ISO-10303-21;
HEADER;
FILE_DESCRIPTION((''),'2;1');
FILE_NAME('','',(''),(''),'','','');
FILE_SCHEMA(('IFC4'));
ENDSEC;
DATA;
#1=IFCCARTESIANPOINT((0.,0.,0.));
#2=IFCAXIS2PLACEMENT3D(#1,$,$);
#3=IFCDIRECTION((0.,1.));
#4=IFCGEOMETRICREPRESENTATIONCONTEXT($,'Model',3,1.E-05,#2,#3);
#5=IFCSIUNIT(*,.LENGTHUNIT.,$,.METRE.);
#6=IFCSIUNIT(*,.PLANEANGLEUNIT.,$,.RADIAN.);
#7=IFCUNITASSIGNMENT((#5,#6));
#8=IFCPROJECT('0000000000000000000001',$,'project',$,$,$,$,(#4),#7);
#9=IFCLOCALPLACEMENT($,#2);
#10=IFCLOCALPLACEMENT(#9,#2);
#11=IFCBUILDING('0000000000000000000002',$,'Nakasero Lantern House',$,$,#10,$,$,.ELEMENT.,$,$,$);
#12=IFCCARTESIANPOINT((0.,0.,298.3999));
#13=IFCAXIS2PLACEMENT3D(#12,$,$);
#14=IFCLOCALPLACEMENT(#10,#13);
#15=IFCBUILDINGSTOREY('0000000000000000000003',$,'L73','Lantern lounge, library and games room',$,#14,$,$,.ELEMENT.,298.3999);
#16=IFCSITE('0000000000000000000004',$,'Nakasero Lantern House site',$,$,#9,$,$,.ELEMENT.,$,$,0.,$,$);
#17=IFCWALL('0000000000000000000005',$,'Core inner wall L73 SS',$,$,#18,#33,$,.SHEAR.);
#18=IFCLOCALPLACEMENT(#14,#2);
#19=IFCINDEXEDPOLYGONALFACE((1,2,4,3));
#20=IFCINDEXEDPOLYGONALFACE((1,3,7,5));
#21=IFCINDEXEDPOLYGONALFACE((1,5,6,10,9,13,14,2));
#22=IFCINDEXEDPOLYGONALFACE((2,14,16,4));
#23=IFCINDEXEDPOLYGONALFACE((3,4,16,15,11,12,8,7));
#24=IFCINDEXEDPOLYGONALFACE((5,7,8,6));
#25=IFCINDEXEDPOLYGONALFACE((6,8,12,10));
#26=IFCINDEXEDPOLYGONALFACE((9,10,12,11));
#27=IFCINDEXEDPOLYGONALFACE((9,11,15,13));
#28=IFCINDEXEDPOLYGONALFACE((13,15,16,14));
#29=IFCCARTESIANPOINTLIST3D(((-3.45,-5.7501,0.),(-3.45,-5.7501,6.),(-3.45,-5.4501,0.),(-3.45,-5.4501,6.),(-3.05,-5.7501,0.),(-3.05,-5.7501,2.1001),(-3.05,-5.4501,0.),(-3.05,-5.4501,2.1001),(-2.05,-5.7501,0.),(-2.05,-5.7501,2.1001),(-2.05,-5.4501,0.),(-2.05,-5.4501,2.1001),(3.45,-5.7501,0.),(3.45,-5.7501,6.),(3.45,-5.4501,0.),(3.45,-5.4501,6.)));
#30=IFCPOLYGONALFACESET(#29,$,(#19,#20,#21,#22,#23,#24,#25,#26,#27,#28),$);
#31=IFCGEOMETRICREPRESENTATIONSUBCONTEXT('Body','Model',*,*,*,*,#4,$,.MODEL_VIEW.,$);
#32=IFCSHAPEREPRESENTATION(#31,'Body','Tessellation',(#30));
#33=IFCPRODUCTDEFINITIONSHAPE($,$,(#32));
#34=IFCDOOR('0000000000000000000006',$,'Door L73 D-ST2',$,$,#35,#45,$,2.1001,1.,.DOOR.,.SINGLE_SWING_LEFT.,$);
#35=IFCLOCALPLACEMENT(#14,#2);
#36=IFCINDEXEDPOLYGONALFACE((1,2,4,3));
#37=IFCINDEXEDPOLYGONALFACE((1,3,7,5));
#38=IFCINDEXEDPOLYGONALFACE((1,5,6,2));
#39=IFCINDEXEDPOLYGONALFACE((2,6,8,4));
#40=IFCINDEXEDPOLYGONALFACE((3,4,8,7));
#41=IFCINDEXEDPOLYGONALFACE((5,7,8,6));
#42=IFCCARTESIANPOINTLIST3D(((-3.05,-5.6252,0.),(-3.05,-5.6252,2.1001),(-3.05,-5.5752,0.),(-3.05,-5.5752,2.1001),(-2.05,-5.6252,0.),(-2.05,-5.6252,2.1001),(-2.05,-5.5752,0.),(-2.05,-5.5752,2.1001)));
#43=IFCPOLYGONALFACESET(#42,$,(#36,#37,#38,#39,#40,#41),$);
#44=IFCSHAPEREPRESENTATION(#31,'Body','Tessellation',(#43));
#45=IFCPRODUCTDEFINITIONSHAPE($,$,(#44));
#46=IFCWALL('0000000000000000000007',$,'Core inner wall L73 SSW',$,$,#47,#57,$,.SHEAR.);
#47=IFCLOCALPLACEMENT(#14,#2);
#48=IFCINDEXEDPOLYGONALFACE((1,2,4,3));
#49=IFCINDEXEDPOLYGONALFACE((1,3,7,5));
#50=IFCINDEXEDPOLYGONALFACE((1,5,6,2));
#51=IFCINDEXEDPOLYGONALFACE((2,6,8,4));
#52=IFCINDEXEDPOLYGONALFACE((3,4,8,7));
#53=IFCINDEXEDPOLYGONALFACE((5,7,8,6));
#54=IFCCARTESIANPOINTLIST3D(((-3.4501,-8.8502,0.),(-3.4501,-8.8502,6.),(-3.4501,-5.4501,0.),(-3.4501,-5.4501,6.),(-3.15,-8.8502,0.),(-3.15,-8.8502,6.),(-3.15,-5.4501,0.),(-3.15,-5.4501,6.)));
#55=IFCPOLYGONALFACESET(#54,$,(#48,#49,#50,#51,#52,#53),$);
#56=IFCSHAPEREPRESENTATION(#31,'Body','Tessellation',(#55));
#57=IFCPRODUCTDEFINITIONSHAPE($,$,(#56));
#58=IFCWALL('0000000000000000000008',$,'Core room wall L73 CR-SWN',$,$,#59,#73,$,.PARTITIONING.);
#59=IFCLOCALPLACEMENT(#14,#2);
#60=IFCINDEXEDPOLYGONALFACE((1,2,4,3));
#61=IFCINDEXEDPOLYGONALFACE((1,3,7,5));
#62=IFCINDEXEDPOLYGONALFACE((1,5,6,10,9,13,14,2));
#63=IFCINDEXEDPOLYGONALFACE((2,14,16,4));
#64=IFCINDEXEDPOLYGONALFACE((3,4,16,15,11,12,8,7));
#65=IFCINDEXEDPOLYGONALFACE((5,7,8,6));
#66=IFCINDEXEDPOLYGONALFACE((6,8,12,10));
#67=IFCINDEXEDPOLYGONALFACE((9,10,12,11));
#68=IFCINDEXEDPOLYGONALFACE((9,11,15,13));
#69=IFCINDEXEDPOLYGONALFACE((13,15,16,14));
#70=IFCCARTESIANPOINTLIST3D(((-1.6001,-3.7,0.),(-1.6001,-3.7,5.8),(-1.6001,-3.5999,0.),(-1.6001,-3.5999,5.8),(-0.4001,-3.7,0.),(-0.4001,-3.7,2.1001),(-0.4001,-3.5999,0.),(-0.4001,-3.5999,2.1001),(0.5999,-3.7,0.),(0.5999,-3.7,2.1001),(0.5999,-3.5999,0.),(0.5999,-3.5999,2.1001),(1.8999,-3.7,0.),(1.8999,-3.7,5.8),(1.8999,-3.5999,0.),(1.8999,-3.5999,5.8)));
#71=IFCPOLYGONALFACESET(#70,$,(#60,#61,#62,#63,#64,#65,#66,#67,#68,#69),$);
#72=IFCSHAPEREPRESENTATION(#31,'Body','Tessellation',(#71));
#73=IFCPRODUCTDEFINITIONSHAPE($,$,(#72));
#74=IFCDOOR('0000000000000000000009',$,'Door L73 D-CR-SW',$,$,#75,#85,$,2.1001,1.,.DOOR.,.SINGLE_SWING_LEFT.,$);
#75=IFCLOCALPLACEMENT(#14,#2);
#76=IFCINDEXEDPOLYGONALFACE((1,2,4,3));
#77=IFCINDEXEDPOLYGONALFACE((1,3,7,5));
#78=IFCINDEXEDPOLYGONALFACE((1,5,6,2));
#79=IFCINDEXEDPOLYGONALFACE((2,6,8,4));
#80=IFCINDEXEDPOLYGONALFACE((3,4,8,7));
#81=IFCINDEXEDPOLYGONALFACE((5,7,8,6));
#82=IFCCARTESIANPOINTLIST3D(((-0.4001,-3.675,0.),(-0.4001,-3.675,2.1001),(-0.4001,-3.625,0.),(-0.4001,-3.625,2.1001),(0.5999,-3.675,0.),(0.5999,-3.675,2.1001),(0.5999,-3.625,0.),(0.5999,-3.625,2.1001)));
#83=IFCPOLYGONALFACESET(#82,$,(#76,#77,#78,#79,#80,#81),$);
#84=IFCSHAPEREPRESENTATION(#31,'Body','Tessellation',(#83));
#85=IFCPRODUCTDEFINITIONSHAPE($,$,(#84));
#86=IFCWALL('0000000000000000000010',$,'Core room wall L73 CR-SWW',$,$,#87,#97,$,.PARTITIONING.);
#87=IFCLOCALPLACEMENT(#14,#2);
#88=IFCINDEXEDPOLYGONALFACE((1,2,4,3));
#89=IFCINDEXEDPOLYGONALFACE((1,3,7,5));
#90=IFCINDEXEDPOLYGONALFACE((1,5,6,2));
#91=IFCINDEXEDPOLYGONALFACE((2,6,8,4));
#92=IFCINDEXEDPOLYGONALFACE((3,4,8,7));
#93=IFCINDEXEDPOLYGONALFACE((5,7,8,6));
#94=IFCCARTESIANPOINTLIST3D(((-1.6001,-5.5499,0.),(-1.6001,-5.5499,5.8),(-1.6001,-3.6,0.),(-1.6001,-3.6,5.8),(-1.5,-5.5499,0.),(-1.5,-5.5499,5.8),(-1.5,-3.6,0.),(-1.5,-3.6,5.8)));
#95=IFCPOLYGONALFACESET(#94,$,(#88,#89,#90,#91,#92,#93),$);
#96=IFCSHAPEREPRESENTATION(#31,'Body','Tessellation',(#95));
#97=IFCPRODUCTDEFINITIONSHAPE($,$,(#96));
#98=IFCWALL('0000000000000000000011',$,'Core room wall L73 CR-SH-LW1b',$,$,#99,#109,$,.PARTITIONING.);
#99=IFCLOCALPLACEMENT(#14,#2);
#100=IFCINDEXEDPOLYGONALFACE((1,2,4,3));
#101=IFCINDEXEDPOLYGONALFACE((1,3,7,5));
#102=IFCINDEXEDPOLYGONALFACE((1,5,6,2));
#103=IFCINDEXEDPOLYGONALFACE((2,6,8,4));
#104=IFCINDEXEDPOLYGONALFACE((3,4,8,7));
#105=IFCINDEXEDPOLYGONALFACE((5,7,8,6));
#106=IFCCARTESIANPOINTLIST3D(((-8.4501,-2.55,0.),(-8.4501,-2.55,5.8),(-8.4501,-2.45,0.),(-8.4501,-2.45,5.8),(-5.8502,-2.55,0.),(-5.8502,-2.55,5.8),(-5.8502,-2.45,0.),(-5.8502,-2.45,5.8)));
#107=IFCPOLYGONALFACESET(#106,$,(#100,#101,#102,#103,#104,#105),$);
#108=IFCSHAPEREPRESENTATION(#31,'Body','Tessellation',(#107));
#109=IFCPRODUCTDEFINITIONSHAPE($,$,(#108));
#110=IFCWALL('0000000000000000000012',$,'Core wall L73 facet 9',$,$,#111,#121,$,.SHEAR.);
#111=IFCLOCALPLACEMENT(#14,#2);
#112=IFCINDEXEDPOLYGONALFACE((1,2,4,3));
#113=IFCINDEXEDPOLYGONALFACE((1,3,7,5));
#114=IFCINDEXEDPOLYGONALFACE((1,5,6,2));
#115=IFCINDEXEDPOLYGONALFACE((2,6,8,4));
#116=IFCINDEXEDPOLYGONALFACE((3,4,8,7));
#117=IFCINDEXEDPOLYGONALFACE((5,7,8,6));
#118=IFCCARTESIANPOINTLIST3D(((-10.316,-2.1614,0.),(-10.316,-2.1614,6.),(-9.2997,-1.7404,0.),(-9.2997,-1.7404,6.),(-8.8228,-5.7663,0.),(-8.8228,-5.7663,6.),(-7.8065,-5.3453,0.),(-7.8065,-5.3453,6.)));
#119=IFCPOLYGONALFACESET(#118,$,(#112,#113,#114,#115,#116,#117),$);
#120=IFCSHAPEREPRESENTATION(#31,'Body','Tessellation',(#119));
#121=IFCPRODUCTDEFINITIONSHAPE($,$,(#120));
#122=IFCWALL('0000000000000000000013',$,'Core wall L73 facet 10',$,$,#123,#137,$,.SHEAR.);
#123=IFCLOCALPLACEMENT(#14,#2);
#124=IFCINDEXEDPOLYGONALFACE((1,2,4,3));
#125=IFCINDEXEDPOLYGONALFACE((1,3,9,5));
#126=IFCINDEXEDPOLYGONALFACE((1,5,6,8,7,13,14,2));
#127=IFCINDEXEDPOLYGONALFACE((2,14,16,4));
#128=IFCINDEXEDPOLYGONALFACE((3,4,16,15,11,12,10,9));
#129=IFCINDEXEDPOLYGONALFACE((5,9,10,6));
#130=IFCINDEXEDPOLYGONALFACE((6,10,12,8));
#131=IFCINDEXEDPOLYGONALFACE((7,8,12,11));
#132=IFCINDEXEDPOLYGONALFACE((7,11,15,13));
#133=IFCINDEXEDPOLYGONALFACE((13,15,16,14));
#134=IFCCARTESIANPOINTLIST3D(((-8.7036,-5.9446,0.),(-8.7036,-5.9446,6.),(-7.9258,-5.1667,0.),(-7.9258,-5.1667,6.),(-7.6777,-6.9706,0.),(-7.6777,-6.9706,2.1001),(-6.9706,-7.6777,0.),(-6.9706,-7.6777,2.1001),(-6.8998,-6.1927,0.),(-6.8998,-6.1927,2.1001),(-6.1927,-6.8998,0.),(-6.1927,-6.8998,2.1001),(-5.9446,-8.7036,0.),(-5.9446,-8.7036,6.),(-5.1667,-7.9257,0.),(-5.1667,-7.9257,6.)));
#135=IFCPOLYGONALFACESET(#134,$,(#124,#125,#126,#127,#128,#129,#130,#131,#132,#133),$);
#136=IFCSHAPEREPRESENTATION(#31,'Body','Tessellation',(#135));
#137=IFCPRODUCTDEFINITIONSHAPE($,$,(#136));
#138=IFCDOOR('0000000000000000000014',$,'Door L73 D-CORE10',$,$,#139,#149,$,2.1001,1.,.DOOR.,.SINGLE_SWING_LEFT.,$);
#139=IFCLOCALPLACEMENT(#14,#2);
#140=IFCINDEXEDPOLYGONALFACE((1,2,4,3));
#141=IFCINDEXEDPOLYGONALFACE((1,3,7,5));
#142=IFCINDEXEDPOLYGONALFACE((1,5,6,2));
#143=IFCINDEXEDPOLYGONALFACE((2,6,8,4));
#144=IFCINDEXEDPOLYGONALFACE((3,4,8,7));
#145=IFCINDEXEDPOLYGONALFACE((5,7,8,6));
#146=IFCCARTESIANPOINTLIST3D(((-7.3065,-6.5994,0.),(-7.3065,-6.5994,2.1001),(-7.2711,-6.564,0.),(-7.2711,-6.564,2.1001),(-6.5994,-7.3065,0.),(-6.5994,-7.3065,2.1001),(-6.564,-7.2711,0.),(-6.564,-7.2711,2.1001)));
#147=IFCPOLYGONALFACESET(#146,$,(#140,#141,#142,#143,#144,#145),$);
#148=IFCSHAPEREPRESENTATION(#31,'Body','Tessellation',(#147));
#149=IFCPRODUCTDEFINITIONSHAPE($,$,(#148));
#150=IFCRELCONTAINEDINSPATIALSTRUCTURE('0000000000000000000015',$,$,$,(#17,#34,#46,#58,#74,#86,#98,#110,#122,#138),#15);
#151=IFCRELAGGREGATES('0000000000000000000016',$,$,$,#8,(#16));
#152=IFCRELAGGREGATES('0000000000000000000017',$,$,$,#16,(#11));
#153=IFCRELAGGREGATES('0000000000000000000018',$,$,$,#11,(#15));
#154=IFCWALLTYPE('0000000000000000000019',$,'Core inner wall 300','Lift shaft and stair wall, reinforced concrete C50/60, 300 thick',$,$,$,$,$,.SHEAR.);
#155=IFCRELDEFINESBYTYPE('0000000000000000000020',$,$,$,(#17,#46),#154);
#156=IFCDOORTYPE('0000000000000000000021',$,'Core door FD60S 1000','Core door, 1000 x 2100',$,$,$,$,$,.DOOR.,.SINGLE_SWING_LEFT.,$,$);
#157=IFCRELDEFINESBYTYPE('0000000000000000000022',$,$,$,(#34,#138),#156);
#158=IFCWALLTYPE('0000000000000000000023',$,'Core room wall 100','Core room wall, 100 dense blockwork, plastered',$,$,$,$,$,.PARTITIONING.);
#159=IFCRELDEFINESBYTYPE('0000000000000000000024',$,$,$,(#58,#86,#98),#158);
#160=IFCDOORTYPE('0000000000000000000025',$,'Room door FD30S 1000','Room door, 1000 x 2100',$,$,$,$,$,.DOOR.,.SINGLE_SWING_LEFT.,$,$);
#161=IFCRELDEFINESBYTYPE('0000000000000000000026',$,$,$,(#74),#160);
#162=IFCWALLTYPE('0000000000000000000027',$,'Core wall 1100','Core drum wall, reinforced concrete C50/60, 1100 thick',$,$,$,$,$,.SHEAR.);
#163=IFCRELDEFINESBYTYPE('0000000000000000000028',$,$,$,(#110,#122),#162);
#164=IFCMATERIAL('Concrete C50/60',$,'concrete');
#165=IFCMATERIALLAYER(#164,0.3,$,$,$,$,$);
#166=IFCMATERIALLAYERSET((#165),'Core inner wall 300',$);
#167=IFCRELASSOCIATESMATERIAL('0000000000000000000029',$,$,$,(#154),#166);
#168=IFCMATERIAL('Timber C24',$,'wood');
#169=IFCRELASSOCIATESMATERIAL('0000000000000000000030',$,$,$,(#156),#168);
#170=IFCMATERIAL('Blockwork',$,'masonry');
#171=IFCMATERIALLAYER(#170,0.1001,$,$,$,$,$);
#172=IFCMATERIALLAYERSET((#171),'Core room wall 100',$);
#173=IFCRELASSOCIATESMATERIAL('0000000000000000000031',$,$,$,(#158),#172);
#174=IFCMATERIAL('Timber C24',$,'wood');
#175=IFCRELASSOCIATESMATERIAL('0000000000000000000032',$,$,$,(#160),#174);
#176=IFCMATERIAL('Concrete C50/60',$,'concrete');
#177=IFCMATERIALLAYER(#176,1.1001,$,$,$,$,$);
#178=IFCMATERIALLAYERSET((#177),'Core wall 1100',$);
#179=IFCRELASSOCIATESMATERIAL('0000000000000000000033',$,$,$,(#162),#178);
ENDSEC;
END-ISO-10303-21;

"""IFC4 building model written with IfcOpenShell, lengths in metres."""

from ifc_helpers import new_model, si_unit, direction, frame, frame_2d, origin, place, context, subcontext, project, spatial, rectangle, extrude, material, layer, layer_set, type_object, element, fill, save


model = new_model("IFC4")

# Units and contexts
model_context = context("Model", 3, precision=1e-05, world=origin(), true_north=direction((0.0, 1.0)))
body_context = subcontext(model_context, "Body", "Model", "MODEL_VIEW")
ifc_project = project(units=[si_unit("LENGTHUNIT", "METRE"), si_unit("PLANEANGLEUNIT", "RADIAN")], contexts=[model_context])

# Site, building, storey
site_placement = place(None, origin())
site = spatial("IfcSite", under=ifc_project, at=site_placement, Name="Nakasero Lantern House site", CompositionType="ELEMENT", RefElevation=0.0)
building_placement = place(site_placement, origin())
building = spatial("IfcBuilding", under=site, at=building_placement, Name="Nakasero Lantern House", CompositionType="ELEMENT")
storey_placement = place(building_placement, frame((0.0, 0.0, 298.3999)))
storey = spatial("IfcBuildingStorey", under=building, at=storey_placement, Name="L73", Description="Lantern lounge, library and games room", CompositionType="ELEMENT", Elevation=298.3999)

# Shared definitions
ifc_material_1 = material(Name="Concrete C50/60", Category="concrete")
ifc_layer_1 = layer(ifc_material_1, 0.3)
ifc_layer_set_1 = layer_set([ifc_layer_1], Name="Core inner wall 300")
wall_type_1 = type_object("IfcWallType", Name="Core inner wall 300", Description="Lift shaft and stair wall, reinforced concrete C50/60, 300 thick", PredefinedType="SHEAR", material=ifc_layer_set_1)

# Wall, opening, door
wall_1_placement = place(storey_placement, frame((-3.45, -5.6001, 0.0), z_axis=(0.0, 0.0, 1.0), x_axis=(1.0, 0.0, 0.0)))
wall_1 = element("IfcWall", 1, at=wall_1_placement, inside=storey, type_object=wall_type_1, Name="Core inner wall L73 SS", PredefinedType="SHEAR", context=body_context, shape_type="SweptSolid", body=[
    extrude(rectangle(XDim=6.8999, YDim=0.3, at=frame_2d((3.45, 0.0))), origin(), (0.0, 0.0, 1.0), 6.0),
])
opening_1_placement = place(wall_1_placement, frame((0.3999, 0.0, 0.0)))
opening_1 = element("IfcOpeningElement", 2, at=opening_1_placement, cuts=wall_1, PredefinedType="OPENING", context=body_context, shape_type="SweptSolid", body=[
    extrude(rectangle(XDim=1.0, YDim=2.1001, at=frame_2d((0.5, 1.05))), frame((0.0, 0.1699, 0.0), z_axis=(0.0, -1.0, 0.0), x_axis=(1.0, 0.0, 0.0)), (0.0, 0.0, 1.0), 0.3401),
])
ifc_material_2 = material(Name="Timber C24", Category="wood")
door_type_1 = type_object("IfcDoorType", Name="Core door FD60S 1000", Description="Core door, 1000 x 2100", OperationType="SINGLE_SWING_LEFT", PredefinedType="DOOR", material=ifc_material_2)
door_1_placement = place(opening_1_placement, origin())
door_1 = element("IfcDoor", 3, at=door_1_placement, inside=storey, type_object=door_type_1, Name="Door L73 D-ST2", OperationType="SINGLE_SWING_LEFT", OverallHeight=2.1001, OverallWidth=1.0, PredefinedType="DOOR", context=body_context, shape_type="SweptSolid", body=[
    extrude(rectangle(XDim=1.0, YDim=2.1001, at=frame_2d((0.5, 1.05))), frame((0.0, 0.0249, 0.0), z_axis=(0.0, -1.0, 0.0), x_axis=(1.0, 0.0, 0.0)), (0.0, 0.0, 1.0), 0.05),
])
fill(opening_1, door_1)

# Wall
wall_2_placement = place(storey_placement, frame((-3.3, -5.45, 0.0), z_axis=(0.0, 0.0, 1.0), x_axis=(0.0, -1.0, 0.0)))
element("IfcWall", 4, at=wall_2_placement, inside=storey, type_object=wall_type_1, Name="Core inner wall L73 SSW", PredefinedType="SHEAR", context=body_context, shape_type="SweptSolid", body=[
    extrude(rectangle(XDim=3.4001, YDim=0.3, at=frame_2d((1.7002, 0.0))), origin(), (0.0, 0.0, 1.0), 6.0),
])

# Wall, opening, door
ifc_material_3 = material(Name="Blockwork", Category="masonry")
ifc_layer_2 = layer(ifc_material_3, 0.1001)
ifc_layer_set_2 = layer_set([ifc_layer_2], Name="Core room wall 100")
wall_type_2 = type_object("IfcWallType", Name="Core room wall 100", Description="Core room wall, 100 dense blockwork, plastered", PredefinedType="PARTITIONING", material=ifc_layer_set_2)
wall_3_placement = place(storey_placement, frame((-1.6001, -3.6499, 0.0), z_axis=(0.0, 0.0, 1.0), x_axis=(1.0, 0.0, 0.0)))
wall_3 = element("IfcWall", 5, at=wall_3_placement, inside=storey, type_object=wall_type_2, Name="Core room wall L73 CR-SWN", PredefinedType="PARTITIONING", context=body_context, shape_type="SweptSolid", body=[
    extrude(rectangle(XDim=3.5, YDim=0.1001, at=frame_2d((1.75, 0.0))), origin(), (0.0, 0.0, 1.0), 5.8),
])
opening_2_placement = place(wall_3_placement, frame((1.2, 0.0, 0.0)))
opening_2 = element("IfcOpeningElement", 6, at=opening_2_placement, cuts=wall_3, PredefinedType="OPENING", context=body_context, shape_type="SweptSolid", body=[
    extrude(rectangle(XDim=1.0, YDim=2.1001, at=frame_2d((0.5, 1.05))), frame((0.0, 0.0701, 0.0), z_axis=(0.0, -1.0, 0.0), x_axis=(1.0, 0.0, 0.0)), (0.0, 0.0, 1.0), 0.1401),
])
ifc_material_4 = material(Name="Timber C24", Category="wood")
door_type_2 = type_object("IfcDoorType", Name="Room door FD30S 1000", Description="Room door, 1000 x 2100", OperationType="SINGLE_SWING_LEFT", PredefinedType="DOOR", material=ifc_material_4)
door_2_placement = place(opening_2_placement, origin())
door_2 = element("IfcDoor", 7, at=door_2_placement, inside=storey, type_object=door_type_2, Name="Door L73 D-CR-SW", OperationType="SINGLE_SWING_LEFT", OverallHeight=2.1001, OverallWidth=1.0, PredefinedType="DOOR", context=body_context, shape_type="SweptSolid", body=[
    extrude(rectangle(XDim=1.0, YDim=2.1001, at=frame_2d((0.5, 1.05))), frame((0.0, 0.0249, 0.0), z_axis=(0.0, -1.0, 0.0), x_axis=(1.0, 0.0, 0.0)), (0.0, 0.0, 1.0), 0.05),
])
fill(opening_2, door_2)

# Walls
wall_4_placement = place(storey_placement, frame((-1.55, -5.55, 0.0), z_axis=(0.0, 0.0, 1.0), x_axis=(0.0, 1.0, 0.0)))
element("IfcWall", 8, at=wall_4_placement, inside=storey, type_object=wall_type_2, Name="Core room wall L73 CR-SWW", PredefinedType="PARTITIONING", context=body_context, shape_type="SweptSolid", body=[
    extrude(rectangle(XDim=1.95, YDim=0.1001, at=frame_2d((0.9751, 0.0))), origin(), (0.0, 0.0, 1.0), 5.8),
])
wall_5_placement = place(storey_placement, frame((-8.45, -2.5, 0.0), z_axis=(0.0, 0.0, 1.0), x_axis=(1.0, 0.0, 0.0)))
element("IfcWall", 9, at=wall_5_placement, inside=storey, type_object=wall_type_2, Name="Core room wall L73 CR-SH-LW1b", PredefinedType="PARTITIONING", context=body_context, shape_type="SweptSolid", body=[
    extrude(rectangle(XDim=2.5999, YDim=0.1001, at=frame_2d((1.2998, 0.0))), origin(), (0.0, 0.0, 1.0), 5.8),
])
ifc_material_5 = material(Name="Concrete C50/60", Category="concrete")
ifc_layer_3 = layer(ifc_material_5, 1.1001)
ifc_layer_set_3 = layer_set([ifc_layer_3], Name="Core wall 1100")
wall_type_3 = type_object("IfcWallType", Name="Core wall 1100", Description="Core drum wall, reinforced concrete C50/60, 1100 thick", PredefinedType="SHEAR", material=ifc_layer_set_3)
wall_6_placement = place(storey_placement, frame((-9.8079, -1.9509, 0.0), z_axis=(0.0, 0.0, 1.0), x_axis=(0.382691, -0.923877, 0.0)))
element("IfcWall", 10, at=wall_6_placement, inside=storey, type_object=wall_type_3, Name="Core wall L73 facet 9", PredefinedType="SHEAR", context=body_context, shape_type="SweptSolid", body=[
    extrude(rectangle(XDim=3.9019, YDim=1.1001, at=frame_2d((1.9509, 0.0))), origin(), (0.0, 0.0, 1.0), 6.0),
])

# Wall, opening, door
wall_7_placement = place(storey_placement, frame((-8.3147, -5.5557, 0.0), z_axis=(0.0, 0.0, 1.0), x_axis=(0.707107, -0.707107, 0.0)))
wall_7 = element("IfcWall", 11, at=wall_7_placement, inside=storey, type_object=wall_type_3, Name="Core wall L73 facet 10", PredefinedType="SHEAR", context=body_context, shape_type="SweptSolid", body=[
    extrude(rectangle(XDim=3.9019, YDim=1.1001, at=frame_2d((1.9509, 0.0))), origin(), (0.0, 0.0, 1.0), 6.0),
])
opening_3_placement = place(wall_7_placement, frame((1.4509, 0.0, 0.0)))
opening_3 = element("IfcOpeningElement", 12, at=opening_3_placement, cuts=wall_7, PredefinedType="OPENING", context=body_context, shape_type="SweptSolid", body=[
    extrude(rectangle(XDim=1.0, YDim=2.1001, at=frame_2d((0.5, 1.05))), frame((0.0, 0.5701, 0.0), z_axis=(0.0, -1.0, 0.0), x_axis=(1.0, 0.0, 0.0)), (0.0, 0.0, 1.0), 1.1401),
])
door_3_placement = place(opening_3_placement, origin())
door_3 = element("IfcDoor", 13, at=door_3_placement, inside=storey, type_object=door_type_1, Name="Door L73 D-CORE10", OperationType="SINGLE_SWING_LEFT", OverallHeight=2.1001, OverallWidth=1.0, PredefinedType="DOOR", context=body_context, shape_type="SweptSolid", body=[
    extrude(rectangle(XDim=1.0, YDim=2.1001, at=frame_2d((0.5, 1.05))), frame((0.0, 0.0249, 0.0), z_axis=(0.0, -1.0, 0.0), x_axis=(1.0, 0.0, 0.0)), (0.0, 0.0, 1.0), 0.05),
])
fill(opening_3, door_3)

save(model, "model.ifc")
